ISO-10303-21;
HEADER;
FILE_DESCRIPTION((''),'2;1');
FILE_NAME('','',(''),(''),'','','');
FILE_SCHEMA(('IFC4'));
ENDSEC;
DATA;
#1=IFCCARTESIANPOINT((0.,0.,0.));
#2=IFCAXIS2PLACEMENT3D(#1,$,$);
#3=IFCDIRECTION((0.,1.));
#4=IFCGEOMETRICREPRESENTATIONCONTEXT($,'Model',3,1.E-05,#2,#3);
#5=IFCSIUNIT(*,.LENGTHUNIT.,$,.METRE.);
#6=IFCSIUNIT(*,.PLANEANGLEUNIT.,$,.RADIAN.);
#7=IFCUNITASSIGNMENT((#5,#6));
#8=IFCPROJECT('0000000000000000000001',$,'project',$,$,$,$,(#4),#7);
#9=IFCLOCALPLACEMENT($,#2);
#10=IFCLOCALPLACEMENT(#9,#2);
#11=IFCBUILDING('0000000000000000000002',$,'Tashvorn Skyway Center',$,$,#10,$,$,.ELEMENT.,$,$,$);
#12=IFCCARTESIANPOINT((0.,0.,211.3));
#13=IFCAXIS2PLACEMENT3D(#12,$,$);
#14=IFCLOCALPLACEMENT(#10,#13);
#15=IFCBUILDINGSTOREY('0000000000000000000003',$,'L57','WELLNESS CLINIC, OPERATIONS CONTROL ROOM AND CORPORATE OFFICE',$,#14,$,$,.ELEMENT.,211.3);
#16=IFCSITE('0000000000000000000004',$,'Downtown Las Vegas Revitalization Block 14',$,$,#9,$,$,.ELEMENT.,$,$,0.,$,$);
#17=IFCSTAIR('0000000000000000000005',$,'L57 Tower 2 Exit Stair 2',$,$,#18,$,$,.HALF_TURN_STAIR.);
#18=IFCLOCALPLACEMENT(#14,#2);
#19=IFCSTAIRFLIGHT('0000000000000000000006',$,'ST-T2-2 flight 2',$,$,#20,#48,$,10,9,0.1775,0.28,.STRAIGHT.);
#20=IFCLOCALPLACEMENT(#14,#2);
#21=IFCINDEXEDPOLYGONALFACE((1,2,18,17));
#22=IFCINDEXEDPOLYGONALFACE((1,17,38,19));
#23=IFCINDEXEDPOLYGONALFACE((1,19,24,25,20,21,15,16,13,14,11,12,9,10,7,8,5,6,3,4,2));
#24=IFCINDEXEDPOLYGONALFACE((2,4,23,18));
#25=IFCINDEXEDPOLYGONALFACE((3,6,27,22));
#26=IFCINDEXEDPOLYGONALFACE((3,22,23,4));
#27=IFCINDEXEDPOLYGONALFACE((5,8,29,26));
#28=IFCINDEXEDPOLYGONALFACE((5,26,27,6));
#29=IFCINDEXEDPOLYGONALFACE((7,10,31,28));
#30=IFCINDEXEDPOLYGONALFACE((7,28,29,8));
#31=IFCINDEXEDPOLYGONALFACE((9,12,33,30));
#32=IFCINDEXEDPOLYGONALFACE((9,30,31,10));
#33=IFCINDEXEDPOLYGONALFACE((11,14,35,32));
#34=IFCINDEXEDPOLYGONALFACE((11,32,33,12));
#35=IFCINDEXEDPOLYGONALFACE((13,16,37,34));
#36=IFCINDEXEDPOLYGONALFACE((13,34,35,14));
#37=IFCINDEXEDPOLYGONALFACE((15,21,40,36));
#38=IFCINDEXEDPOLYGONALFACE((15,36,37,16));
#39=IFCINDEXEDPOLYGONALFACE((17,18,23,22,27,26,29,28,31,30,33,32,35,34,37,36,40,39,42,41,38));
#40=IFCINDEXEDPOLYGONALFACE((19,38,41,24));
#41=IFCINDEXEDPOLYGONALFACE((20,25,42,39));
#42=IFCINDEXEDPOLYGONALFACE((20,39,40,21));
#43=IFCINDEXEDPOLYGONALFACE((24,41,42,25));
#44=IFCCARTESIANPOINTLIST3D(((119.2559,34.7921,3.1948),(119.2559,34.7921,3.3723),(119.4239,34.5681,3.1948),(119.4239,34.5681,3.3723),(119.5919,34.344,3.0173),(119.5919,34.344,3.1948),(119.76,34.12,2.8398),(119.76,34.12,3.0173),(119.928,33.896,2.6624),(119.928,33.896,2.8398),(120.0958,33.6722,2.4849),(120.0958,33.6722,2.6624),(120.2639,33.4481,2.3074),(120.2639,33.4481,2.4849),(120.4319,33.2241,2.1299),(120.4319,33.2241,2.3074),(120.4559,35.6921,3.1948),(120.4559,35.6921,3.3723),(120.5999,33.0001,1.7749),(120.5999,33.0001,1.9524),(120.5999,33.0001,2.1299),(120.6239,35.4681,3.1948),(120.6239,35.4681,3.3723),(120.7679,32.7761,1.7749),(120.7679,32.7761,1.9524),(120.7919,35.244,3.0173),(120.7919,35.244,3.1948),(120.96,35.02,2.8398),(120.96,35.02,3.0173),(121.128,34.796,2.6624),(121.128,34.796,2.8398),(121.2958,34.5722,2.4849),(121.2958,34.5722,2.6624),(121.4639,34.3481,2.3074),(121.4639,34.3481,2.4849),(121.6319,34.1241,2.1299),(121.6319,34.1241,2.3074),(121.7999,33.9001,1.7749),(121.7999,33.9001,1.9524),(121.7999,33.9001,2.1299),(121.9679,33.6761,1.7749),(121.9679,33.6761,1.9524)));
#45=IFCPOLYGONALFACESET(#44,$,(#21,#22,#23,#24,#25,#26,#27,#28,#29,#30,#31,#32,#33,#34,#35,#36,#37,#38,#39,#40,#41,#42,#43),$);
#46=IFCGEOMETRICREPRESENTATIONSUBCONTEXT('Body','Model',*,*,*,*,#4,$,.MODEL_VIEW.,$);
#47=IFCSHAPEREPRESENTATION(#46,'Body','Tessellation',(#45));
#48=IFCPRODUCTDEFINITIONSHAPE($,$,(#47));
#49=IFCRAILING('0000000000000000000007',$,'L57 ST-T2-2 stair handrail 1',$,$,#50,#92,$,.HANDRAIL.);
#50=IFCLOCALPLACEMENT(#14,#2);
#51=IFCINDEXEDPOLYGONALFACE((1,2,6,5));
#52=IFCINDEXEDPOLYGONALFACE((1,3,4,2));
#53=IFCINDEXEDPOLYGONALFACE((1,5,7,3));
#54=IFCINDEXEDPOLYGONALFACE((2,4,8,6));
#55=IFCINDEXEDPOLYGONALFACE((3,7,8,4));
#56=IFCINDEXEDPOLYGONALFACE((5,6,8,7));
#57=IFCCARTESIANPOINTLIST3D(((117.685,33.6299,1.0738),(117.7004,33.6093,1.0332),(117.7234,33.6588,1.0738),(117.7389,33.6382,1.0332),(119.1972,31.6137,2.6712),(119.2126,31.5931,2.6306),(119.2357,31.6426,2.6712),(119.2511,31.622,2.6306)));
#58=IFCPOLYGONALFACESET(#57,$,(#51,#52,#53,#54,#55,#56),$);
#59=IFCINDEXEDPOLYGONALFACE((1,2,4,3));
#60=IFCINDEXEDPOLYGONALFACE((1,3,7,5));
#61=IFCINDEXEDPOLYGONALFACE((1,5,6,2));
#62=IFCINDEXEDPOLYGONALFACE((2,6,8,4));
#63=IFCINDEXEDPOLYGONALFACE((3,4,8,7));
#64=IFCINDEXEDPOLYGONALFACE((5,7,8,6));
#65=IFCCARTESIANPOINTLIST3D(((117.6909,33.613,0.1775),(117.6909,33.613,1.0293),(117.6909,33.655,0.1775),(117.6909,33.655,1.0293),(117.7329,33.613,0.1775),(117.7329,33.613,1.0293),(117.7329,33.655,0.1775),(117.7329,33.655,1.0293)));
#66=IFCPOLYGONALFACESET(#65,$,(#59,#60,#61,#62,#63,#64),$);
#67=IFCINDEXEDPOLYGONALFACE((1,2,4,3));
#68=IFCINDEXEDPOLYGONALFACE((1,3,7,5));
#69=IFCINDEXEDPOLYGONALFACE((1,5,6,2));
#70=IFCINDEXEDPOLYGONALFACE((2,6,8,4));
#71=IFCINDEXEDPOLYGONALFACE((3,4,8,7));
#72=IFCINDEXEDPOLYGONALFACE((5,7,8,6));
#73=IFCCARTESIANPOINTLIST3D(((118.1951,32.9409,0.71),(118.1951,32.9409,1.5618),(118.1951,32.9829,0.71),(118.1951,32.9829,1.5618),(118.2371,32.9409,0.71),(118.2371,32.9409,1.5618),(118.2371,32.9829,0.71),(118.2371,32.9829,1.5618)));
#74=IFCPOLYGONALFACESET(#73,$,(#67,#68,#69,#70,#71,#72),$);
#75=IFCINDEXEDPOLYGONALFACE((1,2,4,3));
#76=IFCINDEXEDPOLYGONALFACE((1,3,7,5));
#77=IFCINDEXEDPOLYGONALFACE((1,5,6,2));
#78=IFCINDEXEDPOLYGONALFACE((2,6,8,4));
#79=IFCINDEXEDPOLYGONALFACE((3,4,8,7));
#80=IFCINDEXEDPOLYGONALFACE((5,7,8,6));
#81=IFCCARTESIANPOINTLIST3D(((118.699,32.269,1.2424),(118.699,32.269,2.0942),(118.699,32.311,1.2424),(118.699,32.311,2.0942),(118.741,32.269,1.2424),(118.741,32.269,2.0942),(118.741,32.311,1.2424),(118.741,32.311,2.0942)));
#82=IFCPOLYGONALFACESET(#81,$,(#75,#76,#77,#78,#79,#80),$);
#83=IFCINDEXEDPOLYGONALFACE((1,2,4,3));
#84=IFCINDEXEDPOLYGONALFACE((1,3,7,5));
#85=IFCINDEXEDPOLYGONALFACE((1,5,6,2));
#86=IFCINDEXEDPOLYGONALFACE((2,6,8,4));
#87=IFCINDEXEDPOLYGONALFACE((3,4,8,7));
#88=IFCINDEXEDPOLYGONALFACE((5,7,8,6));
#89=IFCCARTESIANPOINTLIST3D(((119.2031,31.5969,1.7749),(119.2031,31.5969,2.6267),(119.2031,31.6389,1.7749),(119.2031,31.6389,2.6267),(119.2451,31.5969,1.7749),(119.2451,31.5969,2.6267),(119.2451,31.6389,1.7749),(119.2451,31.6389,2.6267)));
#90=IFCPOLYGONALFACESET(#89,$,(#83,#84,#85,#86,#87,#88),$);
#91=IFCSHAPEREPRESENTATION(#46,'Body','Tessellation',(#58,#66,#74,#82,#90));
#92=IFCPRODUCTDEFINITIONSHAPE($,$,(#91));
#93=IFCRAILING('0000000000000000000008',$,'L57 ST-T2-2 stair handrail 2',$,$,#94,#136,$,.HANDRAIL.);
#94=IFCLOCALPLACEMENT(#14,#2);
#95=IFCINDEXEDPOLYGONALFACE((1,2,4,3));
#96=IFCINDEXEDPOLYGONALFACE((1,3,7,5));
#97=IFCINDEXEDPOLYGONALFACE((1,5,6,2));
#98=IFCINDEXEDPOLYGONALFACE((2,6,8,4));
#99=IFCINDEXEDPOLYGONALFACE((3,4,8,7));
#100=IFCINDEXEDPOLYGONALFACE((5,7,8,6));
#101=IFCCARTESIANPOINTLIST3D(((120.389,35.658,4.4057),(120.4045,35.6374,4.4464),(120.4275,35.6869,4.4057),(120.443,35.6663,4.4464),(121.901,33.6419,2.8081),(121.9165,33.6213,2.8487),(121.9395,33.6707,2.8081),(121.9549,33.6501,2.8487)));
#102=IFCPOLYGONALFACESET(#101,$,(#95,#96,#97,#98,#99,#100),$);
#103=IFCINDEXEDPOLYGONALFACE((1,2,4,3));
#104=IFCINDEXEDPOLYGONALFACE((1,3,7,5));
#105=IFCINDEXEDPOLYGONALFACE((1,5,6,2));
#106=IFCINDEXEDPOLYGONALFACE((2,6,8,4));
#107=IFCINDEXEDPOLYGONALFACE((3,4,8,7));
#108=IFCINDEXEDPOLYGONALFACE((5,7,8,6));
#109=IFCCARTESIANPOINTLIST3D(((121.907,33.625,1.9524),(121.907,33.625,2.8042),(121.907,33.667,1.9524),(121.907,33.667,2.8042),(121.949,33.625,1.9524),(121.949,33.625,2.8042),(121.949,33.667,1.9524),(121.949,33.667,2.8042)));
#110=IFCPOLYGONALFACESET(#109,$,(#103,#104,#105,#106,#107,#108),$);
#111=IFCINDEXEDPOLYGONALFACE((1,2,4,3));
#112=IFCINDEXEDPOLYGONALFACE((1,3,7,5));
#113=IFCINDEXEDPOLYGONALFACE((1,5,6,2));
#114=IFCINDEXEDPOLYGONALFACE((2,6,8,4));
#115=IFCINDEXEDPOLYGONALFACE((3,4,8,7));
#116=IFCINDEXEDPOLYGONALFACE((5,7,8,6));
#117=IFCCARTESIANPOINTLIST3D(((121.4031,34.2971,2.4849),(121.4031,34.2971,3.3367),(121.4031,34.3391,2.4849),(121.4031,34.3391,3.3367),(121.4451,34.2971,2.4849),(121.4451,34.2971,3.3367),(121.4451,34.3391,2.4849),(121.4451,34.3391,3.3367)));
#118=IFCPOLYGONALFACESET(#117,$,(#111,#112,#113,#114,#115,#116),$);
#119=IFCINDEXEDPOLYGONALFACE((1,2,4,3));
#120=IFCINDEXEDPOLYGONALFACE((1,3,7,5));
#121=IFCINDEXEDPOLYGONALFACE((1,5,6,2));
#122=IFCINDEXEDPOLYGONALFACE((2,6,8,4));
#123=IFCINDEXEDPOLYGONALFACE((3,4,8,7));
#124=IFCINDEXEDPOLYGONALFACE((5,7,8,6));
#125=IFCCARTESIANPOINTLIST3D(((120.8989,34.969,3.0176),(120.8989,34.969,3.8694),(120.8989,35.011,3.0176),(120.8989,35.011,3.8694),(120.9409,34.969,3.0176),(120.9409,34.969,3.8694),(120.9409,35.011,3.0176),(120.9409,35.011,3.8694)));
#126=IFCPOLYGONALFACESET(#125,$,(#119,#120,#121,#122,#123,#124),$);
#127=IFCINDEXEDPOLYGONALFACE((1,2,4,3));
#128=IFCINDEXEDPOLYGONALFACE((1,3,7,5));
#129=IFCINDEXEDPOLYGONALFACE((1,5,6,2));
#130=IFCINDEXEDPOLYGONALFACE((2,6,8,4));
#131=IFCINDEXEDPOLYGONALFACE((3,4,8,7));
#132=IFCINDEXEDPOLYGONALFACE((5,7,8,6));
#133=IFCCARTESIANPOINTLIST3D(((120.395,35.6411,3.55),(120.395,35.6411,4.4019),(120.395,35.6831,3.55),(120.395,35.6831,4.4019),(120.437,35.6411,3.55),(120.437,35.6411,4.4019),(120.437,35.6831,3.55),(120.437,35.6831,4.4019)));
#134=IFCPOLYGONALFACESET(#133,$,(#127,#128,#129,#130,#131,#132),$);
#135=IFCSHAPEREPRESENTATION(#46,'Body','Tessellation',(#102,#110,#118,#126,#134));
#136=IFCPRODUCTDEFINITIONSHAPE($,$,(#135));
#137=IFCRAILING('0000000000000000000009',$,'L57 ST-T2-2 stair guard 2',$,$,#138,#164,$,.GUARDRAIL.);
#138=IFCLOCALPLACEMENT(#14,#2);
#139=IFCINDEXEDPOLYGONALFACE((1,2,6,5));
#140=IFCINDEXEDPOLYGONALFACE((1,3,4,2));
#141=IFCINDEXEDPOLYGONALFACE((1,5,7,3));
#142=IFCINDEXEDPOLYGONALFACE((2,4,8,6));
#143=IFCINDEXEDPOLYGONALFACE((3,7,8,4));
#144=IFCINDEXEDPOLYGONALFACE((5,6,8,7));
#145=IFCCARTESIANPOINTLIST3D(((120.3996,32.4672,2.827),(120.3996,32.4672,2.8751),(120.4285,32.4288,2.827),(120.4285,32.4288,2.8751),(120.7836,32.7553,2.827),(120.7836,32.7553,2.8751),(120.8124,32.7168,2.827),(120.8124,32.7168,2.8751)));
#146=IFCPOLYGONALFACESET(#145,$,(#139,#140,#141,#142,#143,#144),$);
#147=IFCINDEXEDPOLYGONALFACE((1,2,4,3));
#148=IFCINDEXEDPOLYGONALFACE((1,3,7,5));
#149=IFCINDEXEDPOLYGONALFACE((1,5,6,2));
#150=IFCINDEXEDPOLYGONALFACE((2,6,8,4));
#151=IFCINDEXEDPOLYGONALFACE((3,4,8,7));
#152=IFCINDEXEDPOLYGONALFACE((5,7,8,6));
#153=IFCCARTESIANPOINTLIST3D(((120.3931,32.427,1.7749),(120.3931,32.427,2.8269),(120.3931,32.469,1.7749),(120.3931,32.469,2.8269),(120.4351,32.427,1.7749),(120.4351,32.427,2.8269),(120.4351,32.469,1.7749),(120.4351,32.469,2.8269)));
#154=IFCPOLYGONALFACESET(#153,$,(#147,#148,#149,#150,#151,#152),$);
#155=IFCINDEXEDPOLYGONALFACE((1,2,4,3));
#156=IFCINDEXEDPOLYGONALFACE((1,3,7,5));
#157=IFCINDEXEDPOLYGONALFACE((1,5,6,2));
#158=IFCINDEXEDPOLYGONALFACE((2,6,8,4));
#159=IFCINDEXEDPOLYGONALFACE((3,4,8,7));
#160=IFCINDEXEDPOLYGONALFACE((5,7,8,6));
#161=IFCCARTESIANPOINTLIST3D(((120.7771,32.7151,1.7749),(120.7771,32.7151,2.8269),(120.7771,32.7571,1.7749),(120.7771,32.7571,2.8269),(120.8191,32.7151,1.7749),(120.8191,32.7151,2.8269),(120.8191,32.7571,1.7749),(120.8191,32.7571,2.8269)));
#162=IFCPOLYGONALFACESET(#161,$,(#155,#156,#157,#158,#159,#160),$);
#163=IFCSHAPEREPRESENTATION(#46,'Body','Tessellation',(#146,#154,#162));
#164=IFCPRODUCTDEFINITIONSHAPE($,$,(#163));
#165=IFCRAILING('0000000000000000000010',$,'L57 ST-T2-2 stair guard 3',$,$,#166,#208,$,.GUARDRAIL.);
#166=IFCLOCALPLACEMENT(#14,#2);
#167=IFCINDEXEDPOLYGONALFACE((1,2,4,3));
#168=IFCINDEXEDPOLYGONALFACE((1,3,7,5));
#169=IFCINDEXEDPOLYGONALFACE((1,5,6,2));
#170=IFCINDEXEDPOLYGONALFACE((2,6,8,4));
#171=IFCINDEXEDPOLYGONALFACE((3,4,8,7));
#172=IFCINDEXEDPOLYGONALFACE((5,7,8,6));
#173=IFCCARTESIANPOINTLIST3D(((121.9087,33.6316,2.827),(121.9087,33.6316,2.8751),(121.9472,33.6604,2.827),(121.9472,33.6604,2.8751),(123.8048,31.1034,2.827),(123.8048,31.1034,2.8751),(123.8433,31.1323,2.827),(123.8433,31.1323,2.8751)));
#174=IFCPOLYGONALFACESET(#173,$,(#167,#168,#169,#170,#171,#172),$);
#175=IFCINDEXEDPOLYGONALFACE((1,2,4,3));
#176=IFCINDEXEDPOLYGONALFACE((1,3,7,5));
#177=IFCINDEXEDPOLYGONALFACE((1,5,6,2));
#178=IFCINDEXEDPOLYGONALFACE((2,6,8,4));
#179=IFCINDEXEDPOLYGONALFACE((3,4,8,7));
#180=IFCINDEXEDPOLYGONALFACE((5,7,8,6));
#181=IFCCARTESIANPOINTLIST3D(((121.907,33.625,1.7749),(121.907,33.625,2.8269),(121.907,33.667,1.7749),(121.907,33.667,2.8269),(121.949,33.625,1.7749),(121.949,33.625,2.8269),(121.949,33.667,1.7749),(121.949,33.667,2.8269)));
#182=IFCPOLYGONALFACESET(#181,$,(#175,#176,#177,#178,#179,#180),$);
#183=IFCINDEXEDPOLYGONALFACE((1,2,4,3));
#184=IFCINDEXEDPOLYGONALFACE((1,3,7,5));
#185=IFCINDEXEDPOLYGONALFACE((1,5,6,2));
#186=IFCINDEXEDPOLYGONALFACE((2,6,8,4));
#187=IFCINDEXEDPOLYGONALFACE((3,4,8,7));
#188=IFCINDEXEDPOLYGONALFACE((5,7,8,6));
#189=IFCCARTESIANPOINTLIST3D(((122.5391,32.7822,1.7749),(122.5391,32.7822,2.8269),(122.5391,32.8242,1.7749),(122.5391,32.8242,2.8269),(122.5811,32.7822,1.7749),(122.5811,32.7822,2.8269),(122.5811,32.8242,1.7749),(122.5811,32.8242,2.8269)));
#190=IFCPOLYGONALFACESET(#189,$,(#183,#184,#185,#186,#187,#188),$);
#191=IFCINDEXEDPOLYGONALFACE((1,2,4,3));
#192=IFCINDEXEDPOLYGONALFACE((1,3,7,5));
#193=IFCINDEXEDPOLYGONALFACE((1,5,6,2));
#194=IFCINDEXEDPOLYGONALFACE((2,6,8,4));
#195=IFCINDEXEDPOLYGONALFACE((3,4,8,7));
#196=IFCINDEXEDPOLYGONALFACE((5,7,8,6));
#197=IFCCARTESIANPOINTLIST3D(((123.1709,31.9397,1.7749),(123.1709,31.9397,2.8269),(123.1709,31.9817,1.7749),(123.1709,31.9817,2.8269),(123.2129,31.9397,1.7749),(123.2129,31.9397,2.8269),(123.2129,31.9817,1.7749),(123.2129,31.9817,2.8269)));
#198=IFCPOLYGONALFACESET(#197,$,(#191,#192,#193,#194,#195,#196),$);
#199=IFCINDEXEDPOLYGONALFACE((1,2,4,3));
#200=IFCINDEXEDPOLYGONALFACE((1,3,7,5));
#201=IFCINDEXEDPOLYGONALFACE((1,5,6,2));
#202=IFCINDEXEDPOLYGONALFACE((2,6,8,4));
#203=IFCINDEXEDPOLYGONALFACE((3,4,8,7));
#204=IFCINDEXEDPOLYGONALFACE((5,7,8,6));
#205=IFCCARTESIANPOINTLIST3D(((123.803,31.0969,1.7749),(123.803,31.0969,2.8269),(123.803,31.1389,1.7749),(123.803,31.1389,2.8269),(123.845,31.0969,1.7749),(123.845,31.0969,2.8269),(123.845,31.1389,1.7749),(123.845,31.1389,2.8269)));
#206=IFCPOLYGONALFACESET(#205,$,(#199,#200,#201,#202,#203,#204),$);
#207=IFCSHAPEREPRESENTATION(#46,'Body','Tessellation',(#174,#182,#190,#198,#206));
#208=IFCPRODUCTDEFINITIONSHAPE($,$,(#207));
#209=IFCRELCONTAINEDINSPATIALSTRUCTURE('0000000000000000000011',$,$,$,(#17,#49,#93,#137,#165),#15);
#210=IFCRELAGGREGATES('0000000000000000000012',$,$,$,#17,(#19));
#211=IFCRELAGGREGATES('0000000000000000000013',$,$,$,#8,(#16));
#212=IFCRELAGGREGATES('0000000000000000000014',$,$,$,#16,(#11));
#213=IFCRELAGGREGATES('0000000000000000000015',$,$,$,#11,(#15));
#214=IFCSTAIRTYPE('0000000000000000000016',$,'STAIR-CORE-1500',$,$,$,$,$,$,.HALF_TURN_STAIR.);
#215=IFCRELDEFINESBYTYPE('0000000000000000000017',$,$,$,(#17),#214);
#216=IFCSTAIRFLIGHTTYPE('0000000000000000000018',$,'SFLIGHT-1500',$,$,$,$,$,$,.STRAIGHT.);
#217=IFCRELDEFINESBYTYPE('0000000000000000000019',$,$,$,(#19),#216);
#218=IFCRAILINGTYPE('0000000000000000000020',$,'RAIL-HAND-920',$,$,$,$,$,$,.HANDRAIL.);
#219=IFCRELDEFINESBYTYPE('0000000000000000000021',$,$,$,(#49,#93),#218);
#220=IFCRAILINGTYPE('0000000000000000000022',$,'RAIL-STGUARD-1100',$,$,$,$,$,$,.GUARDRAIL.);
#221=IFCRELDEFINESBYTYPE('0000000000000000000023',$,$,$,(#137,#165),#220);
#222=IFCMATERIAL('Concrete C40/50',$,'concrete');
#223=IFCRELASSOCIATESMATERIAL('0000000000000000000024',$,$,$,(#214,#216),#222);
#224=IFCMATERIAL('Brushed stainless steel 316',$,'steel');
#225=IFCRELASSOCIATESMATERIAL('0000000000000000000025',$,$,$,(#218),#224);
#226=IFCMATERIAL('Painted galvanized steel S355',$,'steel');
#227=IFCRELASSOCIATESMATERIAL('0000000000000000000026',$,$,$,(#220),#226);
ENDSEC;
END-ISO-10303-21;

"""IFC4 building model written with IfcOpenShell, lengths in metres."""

from ifc_helpers import new_model, si_unit, direction, frame, origin, origin_2d, place, context, subcontext, project, spatial, polyline, rectangle, outline, extrude, material, type_object, element, aggregate, save


model = new_model("IFC4")

# Units and contexts
model_context = context("Model", 3, precision=1e-05, world=origin(), true_north=direction((0.0, 1.0)))
body_context = subcontext(model_context, "Body", "Model", "MODEL_VIEW")
ifc_project = project(units=[si_unit("LENGTHUNIT", "METRE"), si_unit("PLANEANGLEUNIT", "RADIAN")], contexts=[model_context])

# Site, building, storey
site_placement = place(None, origin())
site = spatial("IfcSite", under=ifc_project, at=site_placement, Name="Downtown Las Vegas Revitalization Block 14", CompositionType="ELEMENT", RefElevation=0.0)
building_placement = place(site_placement, origin())
building = spatial("IfcBuilding", under=site, at=building_placement, Name="Tashvorn Skyway Center", CompositionType="ELEMENT")
storey_placement = place(building_placement, frame((0.0, 0.0, 211.3)))
storey = spatial("IfcBuildingStorey", under=building, at=storey_placement, Name="L57", Description="WELLNESS CLINIC, OPERATIONS CONTROL ROOM AND CORPORATE OFFICE", CompositionType="ELEMENT", Elevation=211.3)

# Shared definitions
ifc_material_1 = material(Name="Concrete C40/50", Category="concrete")

# Stair, stair flight
stair_type = type_object("IfcStairType", Name="STAIR-CORE-1500", PredefinedType="HALF_TURN_STAIR", material=ifc_material_1)
stair_placement = place(storey_placement, origin())
stair = element("IfcStair", 1, at=stair_placement, inside=storey, type_object=stair_type, Name="L57 Tower 2 Exit Stair 2", PredefinedType="HALF_TURN_STAIR")
stair_flight_type = type_object("IfcStairFlightType", Name="SFLIGHT-1500", PredefinedType="STRAIGHT", material=ifc_material_1)
stair_flight_1_placement = place(storey_placement, frame((121.3679, 33.2261, 1.7749), z_axis=(0.0, 0.0, 1.0), x_axis=(-0.6, 0.8, 0.0)))
stair_flight_1 = element("IfcStairFlight", 2, at=stair_flight_1_placement, type_object=stair_flight_type, Name="ST-T2-2 flight 2", NumberOfRisers=10, NumberOfTreads=9, PredefinedType="STRAIGHT", RiserHeight=0.1775, TreadLength=0.28, context=body_context, shape_type="SweptSolid", body=[
    extrude(outline(polyline([(0.0, 0.0), (0.0, 0.1775), (0.28, 0.1775), (0.28, 0.355), (0.5601, 0.355), (0.5601, 0.5325), (0.8401, 0.5325), (0.8401, 0.71), (1.1201, 0.71), (1.1201, 0.8875), (1.3999, 0.8875), (1.3999, 1.0649), (1.6799, 1.0649), (1.6799, 1.2424), (1.96, 1.2424), (1.96, 1.4199), (2.24, 1.4199), (2.24, 1.5974), (2.52, 1.5974), (2.52, 1.7749), (2.52, 1.4199), (0.28, 0.0), (0.0, 0.0)])), frame((0.0, 0.75, 0.0), z_axis=(0.0, -1.0, 0.0), x_axis=(1.0, 0.0, 0.0)), (0.0, 0.0, 1.0), 1.5),
])
aggregate(stair, [stair_flight_1])

# Railings
ifc_material_2 = material(Name="Brushed stainless steel 316", Category="steel")
railing_type_1 = type_object("IfcRailingType", Name="RAIL-HAND-920", PredefinedType="HANDRAIL", material=ifc_material_2)
railing_1_placement = place(storey_placement, frame((117.7119, 33.634, 0.1775)))
element("IfcRailing", 3, at=railing_1_placement, inside=storey, type_object=railing_type_1, Name="L57 ST-T2-2 stair handrail 1", PredefinedType="HANDRAIL", context=body_context, shape_type="SweptSolid", body=[
    extrude(rectangle(XDim=0.0481, YDim=0.0481, at=origin_2d()), frame((0.0, 0.0, 0.876), z_axis=(0.506802, -0.675681, 0.535357), x_axis=(0.799977, 0.600031, 0.0)), (0.0, 0.0, 1.0), 2.9839),
    extrude(rectangle(XDim=0.042, YDim=0.042, at=origin_2d()), origin(), (0.0, 0.0, 1.0), 0.8518),
    extrude(rectangle(XDim=0.042, YDim=0.042, at=origin_2d()), frame((0.5042, -0.6721, 0.5325)), (0.0, 0.0, 1.0), 0.8518),
    extrude(rectangle(XDim=0.042, YDim=0.042, at=origin_2d()), frame((1.0081, -1.344, 1.0649)), (0.0, 0.0, 1.0), 0.8518),
    extrude(rectangle(XDim=0.042, YDim=0.042, at=origin_2d()), frame((1.5122, -2.0161, 1.5974)), (0.0, 0.0, 1.0), 0.8518),
])
railing_2_placement = place(storey_placement, frame((121.928, 33.646, 1.9524)))
element("IfcRailing", 4, at=railing_2_placement, inside=storey, type_object=railing_type_1, Name="L57 ST-T2-2 stair handrail 2", PredefinedType="HANDRAIL", context=body_context, shape_type="SweptSolid", body=[
    extrude(rectangle(XDim=0.0481, YDim=0.0481, at=origin_2d()), frame((0.0, 0.0, 0.876), z_axis=(-0.506719, 0.675679, 0.535438), x_axis=(-0.800023, -0.599969, 0.0)), (0.0, 0.0, 1.0), 2.9839),
    extrude(rectangle(XDim=0.042, YDim=0.042, at=origin_2d()), origin(), (0.0, 0.0, 1.0), 0.8518),
    extrude(rectangle(XDim=0.042, YDim=0.042, at=origin_2d()), frame((-0.5039, 0.6721, 0.5325)), (0.0, 0.0, 1.0), 0.8518),
    extrude(rectangle(XDim=0.042, YDim=0.042, at=origin_2d()), frame((-1.0081, 1.344, 1.0652)), (0.0, 0.0, 1.0), 0.8518),
    extrude(rectangle(XDim=0.042, YDim=0.042, at=origin_2d()), frame((-1.512, 2.0161, 1.5977)), (0.0, 0.0, 1.0), 0.8518),
])
ifc_material_3 = material(Name="Painted galvanized steel S355", Category="steel")
railing_type_2 = type_object("IfcRailingType", Name="RAIL-STGUARD-1100", PredefinedType="GUARDRAIL", material=ifc_material_3)
railing_3_placement = place(storey_placement, frame((120.4141, 32.448, 1.7749)))
element("IfcRailing", 5, at=railing_3_placement, inside=storey, type_object=railing_type_2, Name="L57 ST-T2-2 stair guard 2", PredefinedType="GUARDRAIL", context=body_context, shape_type="SweptSolid", body=[
    extrude(rectangle(XDim=0.0481, YDim=0.0481, at=origin_2d()), frame((0.0, 0.0, 1.0762), z_axis=(0.799939, 0.600081, 0.0), x_axis=(-0.600081, 0.799939, 0.0)), (0.0, 0.0, 1.0), 0.48),
    extrude(rectangle(XDim=0.042, YDim=0.042, at=origin_2d()), origin(), (0.0, 0.0, 1.0), 1.052),
    extrude(rectangle(XDim=0.042, YDim=0.042, at=origin_2d()), frame((0.384, 0.2881, 0.0)), (0.0, 0.0, 1.0), 1.052),
])
railing_4_placement = place(storey_placement, frame((121.928, 33.646, 1.7749)))
element("IfcRailing", 6, at=railing_4_placement, inside=storey, type_object=railing_type_2, Name="L57 ST-T2-2 stair guard 3", PredefinedType="GUARDRAIL", context=body_context, shape_type="SweptSolid", body=[
    extrude(rectangle(XDim=0.0481, YDim=0.0481, at=origin_2d()), frame((0.0, 0.0, 1.0762), z_axis=(0.599988, -0.800009, 0.0), x_axis=(0.800009, 0.599988, 0.0)), (0.0, 0.0, 1.0), 3.1602),
    extrude(rectangle(XDim=0.042, YDim=0.042, at=origin_2d()), origin(), (0.0, 0.0, 1.0), 1.052),
    extrude(rectangle(XDim=0.042, YDim=0.042, at=origin_2d()), frame((0.6321, -0.8428, 0.0)), (0.0, 0.0, 1.0), 1.052),
    extrude(rectangle(XDim=0.042, YDim=0.042, at=origin_2d()), frame((1.2639, -1.6853, 0.0)), (0.0, 0.0, 1.0), 1.052),
    extrude(rectangle(XDim=0.042, YDim=0.042, at=origin_2d()), frame((1.896, -2.5281, 0.0)), (0.0, 0.0, 1.0), 1.052),
])

save(model, "model.ifc")
